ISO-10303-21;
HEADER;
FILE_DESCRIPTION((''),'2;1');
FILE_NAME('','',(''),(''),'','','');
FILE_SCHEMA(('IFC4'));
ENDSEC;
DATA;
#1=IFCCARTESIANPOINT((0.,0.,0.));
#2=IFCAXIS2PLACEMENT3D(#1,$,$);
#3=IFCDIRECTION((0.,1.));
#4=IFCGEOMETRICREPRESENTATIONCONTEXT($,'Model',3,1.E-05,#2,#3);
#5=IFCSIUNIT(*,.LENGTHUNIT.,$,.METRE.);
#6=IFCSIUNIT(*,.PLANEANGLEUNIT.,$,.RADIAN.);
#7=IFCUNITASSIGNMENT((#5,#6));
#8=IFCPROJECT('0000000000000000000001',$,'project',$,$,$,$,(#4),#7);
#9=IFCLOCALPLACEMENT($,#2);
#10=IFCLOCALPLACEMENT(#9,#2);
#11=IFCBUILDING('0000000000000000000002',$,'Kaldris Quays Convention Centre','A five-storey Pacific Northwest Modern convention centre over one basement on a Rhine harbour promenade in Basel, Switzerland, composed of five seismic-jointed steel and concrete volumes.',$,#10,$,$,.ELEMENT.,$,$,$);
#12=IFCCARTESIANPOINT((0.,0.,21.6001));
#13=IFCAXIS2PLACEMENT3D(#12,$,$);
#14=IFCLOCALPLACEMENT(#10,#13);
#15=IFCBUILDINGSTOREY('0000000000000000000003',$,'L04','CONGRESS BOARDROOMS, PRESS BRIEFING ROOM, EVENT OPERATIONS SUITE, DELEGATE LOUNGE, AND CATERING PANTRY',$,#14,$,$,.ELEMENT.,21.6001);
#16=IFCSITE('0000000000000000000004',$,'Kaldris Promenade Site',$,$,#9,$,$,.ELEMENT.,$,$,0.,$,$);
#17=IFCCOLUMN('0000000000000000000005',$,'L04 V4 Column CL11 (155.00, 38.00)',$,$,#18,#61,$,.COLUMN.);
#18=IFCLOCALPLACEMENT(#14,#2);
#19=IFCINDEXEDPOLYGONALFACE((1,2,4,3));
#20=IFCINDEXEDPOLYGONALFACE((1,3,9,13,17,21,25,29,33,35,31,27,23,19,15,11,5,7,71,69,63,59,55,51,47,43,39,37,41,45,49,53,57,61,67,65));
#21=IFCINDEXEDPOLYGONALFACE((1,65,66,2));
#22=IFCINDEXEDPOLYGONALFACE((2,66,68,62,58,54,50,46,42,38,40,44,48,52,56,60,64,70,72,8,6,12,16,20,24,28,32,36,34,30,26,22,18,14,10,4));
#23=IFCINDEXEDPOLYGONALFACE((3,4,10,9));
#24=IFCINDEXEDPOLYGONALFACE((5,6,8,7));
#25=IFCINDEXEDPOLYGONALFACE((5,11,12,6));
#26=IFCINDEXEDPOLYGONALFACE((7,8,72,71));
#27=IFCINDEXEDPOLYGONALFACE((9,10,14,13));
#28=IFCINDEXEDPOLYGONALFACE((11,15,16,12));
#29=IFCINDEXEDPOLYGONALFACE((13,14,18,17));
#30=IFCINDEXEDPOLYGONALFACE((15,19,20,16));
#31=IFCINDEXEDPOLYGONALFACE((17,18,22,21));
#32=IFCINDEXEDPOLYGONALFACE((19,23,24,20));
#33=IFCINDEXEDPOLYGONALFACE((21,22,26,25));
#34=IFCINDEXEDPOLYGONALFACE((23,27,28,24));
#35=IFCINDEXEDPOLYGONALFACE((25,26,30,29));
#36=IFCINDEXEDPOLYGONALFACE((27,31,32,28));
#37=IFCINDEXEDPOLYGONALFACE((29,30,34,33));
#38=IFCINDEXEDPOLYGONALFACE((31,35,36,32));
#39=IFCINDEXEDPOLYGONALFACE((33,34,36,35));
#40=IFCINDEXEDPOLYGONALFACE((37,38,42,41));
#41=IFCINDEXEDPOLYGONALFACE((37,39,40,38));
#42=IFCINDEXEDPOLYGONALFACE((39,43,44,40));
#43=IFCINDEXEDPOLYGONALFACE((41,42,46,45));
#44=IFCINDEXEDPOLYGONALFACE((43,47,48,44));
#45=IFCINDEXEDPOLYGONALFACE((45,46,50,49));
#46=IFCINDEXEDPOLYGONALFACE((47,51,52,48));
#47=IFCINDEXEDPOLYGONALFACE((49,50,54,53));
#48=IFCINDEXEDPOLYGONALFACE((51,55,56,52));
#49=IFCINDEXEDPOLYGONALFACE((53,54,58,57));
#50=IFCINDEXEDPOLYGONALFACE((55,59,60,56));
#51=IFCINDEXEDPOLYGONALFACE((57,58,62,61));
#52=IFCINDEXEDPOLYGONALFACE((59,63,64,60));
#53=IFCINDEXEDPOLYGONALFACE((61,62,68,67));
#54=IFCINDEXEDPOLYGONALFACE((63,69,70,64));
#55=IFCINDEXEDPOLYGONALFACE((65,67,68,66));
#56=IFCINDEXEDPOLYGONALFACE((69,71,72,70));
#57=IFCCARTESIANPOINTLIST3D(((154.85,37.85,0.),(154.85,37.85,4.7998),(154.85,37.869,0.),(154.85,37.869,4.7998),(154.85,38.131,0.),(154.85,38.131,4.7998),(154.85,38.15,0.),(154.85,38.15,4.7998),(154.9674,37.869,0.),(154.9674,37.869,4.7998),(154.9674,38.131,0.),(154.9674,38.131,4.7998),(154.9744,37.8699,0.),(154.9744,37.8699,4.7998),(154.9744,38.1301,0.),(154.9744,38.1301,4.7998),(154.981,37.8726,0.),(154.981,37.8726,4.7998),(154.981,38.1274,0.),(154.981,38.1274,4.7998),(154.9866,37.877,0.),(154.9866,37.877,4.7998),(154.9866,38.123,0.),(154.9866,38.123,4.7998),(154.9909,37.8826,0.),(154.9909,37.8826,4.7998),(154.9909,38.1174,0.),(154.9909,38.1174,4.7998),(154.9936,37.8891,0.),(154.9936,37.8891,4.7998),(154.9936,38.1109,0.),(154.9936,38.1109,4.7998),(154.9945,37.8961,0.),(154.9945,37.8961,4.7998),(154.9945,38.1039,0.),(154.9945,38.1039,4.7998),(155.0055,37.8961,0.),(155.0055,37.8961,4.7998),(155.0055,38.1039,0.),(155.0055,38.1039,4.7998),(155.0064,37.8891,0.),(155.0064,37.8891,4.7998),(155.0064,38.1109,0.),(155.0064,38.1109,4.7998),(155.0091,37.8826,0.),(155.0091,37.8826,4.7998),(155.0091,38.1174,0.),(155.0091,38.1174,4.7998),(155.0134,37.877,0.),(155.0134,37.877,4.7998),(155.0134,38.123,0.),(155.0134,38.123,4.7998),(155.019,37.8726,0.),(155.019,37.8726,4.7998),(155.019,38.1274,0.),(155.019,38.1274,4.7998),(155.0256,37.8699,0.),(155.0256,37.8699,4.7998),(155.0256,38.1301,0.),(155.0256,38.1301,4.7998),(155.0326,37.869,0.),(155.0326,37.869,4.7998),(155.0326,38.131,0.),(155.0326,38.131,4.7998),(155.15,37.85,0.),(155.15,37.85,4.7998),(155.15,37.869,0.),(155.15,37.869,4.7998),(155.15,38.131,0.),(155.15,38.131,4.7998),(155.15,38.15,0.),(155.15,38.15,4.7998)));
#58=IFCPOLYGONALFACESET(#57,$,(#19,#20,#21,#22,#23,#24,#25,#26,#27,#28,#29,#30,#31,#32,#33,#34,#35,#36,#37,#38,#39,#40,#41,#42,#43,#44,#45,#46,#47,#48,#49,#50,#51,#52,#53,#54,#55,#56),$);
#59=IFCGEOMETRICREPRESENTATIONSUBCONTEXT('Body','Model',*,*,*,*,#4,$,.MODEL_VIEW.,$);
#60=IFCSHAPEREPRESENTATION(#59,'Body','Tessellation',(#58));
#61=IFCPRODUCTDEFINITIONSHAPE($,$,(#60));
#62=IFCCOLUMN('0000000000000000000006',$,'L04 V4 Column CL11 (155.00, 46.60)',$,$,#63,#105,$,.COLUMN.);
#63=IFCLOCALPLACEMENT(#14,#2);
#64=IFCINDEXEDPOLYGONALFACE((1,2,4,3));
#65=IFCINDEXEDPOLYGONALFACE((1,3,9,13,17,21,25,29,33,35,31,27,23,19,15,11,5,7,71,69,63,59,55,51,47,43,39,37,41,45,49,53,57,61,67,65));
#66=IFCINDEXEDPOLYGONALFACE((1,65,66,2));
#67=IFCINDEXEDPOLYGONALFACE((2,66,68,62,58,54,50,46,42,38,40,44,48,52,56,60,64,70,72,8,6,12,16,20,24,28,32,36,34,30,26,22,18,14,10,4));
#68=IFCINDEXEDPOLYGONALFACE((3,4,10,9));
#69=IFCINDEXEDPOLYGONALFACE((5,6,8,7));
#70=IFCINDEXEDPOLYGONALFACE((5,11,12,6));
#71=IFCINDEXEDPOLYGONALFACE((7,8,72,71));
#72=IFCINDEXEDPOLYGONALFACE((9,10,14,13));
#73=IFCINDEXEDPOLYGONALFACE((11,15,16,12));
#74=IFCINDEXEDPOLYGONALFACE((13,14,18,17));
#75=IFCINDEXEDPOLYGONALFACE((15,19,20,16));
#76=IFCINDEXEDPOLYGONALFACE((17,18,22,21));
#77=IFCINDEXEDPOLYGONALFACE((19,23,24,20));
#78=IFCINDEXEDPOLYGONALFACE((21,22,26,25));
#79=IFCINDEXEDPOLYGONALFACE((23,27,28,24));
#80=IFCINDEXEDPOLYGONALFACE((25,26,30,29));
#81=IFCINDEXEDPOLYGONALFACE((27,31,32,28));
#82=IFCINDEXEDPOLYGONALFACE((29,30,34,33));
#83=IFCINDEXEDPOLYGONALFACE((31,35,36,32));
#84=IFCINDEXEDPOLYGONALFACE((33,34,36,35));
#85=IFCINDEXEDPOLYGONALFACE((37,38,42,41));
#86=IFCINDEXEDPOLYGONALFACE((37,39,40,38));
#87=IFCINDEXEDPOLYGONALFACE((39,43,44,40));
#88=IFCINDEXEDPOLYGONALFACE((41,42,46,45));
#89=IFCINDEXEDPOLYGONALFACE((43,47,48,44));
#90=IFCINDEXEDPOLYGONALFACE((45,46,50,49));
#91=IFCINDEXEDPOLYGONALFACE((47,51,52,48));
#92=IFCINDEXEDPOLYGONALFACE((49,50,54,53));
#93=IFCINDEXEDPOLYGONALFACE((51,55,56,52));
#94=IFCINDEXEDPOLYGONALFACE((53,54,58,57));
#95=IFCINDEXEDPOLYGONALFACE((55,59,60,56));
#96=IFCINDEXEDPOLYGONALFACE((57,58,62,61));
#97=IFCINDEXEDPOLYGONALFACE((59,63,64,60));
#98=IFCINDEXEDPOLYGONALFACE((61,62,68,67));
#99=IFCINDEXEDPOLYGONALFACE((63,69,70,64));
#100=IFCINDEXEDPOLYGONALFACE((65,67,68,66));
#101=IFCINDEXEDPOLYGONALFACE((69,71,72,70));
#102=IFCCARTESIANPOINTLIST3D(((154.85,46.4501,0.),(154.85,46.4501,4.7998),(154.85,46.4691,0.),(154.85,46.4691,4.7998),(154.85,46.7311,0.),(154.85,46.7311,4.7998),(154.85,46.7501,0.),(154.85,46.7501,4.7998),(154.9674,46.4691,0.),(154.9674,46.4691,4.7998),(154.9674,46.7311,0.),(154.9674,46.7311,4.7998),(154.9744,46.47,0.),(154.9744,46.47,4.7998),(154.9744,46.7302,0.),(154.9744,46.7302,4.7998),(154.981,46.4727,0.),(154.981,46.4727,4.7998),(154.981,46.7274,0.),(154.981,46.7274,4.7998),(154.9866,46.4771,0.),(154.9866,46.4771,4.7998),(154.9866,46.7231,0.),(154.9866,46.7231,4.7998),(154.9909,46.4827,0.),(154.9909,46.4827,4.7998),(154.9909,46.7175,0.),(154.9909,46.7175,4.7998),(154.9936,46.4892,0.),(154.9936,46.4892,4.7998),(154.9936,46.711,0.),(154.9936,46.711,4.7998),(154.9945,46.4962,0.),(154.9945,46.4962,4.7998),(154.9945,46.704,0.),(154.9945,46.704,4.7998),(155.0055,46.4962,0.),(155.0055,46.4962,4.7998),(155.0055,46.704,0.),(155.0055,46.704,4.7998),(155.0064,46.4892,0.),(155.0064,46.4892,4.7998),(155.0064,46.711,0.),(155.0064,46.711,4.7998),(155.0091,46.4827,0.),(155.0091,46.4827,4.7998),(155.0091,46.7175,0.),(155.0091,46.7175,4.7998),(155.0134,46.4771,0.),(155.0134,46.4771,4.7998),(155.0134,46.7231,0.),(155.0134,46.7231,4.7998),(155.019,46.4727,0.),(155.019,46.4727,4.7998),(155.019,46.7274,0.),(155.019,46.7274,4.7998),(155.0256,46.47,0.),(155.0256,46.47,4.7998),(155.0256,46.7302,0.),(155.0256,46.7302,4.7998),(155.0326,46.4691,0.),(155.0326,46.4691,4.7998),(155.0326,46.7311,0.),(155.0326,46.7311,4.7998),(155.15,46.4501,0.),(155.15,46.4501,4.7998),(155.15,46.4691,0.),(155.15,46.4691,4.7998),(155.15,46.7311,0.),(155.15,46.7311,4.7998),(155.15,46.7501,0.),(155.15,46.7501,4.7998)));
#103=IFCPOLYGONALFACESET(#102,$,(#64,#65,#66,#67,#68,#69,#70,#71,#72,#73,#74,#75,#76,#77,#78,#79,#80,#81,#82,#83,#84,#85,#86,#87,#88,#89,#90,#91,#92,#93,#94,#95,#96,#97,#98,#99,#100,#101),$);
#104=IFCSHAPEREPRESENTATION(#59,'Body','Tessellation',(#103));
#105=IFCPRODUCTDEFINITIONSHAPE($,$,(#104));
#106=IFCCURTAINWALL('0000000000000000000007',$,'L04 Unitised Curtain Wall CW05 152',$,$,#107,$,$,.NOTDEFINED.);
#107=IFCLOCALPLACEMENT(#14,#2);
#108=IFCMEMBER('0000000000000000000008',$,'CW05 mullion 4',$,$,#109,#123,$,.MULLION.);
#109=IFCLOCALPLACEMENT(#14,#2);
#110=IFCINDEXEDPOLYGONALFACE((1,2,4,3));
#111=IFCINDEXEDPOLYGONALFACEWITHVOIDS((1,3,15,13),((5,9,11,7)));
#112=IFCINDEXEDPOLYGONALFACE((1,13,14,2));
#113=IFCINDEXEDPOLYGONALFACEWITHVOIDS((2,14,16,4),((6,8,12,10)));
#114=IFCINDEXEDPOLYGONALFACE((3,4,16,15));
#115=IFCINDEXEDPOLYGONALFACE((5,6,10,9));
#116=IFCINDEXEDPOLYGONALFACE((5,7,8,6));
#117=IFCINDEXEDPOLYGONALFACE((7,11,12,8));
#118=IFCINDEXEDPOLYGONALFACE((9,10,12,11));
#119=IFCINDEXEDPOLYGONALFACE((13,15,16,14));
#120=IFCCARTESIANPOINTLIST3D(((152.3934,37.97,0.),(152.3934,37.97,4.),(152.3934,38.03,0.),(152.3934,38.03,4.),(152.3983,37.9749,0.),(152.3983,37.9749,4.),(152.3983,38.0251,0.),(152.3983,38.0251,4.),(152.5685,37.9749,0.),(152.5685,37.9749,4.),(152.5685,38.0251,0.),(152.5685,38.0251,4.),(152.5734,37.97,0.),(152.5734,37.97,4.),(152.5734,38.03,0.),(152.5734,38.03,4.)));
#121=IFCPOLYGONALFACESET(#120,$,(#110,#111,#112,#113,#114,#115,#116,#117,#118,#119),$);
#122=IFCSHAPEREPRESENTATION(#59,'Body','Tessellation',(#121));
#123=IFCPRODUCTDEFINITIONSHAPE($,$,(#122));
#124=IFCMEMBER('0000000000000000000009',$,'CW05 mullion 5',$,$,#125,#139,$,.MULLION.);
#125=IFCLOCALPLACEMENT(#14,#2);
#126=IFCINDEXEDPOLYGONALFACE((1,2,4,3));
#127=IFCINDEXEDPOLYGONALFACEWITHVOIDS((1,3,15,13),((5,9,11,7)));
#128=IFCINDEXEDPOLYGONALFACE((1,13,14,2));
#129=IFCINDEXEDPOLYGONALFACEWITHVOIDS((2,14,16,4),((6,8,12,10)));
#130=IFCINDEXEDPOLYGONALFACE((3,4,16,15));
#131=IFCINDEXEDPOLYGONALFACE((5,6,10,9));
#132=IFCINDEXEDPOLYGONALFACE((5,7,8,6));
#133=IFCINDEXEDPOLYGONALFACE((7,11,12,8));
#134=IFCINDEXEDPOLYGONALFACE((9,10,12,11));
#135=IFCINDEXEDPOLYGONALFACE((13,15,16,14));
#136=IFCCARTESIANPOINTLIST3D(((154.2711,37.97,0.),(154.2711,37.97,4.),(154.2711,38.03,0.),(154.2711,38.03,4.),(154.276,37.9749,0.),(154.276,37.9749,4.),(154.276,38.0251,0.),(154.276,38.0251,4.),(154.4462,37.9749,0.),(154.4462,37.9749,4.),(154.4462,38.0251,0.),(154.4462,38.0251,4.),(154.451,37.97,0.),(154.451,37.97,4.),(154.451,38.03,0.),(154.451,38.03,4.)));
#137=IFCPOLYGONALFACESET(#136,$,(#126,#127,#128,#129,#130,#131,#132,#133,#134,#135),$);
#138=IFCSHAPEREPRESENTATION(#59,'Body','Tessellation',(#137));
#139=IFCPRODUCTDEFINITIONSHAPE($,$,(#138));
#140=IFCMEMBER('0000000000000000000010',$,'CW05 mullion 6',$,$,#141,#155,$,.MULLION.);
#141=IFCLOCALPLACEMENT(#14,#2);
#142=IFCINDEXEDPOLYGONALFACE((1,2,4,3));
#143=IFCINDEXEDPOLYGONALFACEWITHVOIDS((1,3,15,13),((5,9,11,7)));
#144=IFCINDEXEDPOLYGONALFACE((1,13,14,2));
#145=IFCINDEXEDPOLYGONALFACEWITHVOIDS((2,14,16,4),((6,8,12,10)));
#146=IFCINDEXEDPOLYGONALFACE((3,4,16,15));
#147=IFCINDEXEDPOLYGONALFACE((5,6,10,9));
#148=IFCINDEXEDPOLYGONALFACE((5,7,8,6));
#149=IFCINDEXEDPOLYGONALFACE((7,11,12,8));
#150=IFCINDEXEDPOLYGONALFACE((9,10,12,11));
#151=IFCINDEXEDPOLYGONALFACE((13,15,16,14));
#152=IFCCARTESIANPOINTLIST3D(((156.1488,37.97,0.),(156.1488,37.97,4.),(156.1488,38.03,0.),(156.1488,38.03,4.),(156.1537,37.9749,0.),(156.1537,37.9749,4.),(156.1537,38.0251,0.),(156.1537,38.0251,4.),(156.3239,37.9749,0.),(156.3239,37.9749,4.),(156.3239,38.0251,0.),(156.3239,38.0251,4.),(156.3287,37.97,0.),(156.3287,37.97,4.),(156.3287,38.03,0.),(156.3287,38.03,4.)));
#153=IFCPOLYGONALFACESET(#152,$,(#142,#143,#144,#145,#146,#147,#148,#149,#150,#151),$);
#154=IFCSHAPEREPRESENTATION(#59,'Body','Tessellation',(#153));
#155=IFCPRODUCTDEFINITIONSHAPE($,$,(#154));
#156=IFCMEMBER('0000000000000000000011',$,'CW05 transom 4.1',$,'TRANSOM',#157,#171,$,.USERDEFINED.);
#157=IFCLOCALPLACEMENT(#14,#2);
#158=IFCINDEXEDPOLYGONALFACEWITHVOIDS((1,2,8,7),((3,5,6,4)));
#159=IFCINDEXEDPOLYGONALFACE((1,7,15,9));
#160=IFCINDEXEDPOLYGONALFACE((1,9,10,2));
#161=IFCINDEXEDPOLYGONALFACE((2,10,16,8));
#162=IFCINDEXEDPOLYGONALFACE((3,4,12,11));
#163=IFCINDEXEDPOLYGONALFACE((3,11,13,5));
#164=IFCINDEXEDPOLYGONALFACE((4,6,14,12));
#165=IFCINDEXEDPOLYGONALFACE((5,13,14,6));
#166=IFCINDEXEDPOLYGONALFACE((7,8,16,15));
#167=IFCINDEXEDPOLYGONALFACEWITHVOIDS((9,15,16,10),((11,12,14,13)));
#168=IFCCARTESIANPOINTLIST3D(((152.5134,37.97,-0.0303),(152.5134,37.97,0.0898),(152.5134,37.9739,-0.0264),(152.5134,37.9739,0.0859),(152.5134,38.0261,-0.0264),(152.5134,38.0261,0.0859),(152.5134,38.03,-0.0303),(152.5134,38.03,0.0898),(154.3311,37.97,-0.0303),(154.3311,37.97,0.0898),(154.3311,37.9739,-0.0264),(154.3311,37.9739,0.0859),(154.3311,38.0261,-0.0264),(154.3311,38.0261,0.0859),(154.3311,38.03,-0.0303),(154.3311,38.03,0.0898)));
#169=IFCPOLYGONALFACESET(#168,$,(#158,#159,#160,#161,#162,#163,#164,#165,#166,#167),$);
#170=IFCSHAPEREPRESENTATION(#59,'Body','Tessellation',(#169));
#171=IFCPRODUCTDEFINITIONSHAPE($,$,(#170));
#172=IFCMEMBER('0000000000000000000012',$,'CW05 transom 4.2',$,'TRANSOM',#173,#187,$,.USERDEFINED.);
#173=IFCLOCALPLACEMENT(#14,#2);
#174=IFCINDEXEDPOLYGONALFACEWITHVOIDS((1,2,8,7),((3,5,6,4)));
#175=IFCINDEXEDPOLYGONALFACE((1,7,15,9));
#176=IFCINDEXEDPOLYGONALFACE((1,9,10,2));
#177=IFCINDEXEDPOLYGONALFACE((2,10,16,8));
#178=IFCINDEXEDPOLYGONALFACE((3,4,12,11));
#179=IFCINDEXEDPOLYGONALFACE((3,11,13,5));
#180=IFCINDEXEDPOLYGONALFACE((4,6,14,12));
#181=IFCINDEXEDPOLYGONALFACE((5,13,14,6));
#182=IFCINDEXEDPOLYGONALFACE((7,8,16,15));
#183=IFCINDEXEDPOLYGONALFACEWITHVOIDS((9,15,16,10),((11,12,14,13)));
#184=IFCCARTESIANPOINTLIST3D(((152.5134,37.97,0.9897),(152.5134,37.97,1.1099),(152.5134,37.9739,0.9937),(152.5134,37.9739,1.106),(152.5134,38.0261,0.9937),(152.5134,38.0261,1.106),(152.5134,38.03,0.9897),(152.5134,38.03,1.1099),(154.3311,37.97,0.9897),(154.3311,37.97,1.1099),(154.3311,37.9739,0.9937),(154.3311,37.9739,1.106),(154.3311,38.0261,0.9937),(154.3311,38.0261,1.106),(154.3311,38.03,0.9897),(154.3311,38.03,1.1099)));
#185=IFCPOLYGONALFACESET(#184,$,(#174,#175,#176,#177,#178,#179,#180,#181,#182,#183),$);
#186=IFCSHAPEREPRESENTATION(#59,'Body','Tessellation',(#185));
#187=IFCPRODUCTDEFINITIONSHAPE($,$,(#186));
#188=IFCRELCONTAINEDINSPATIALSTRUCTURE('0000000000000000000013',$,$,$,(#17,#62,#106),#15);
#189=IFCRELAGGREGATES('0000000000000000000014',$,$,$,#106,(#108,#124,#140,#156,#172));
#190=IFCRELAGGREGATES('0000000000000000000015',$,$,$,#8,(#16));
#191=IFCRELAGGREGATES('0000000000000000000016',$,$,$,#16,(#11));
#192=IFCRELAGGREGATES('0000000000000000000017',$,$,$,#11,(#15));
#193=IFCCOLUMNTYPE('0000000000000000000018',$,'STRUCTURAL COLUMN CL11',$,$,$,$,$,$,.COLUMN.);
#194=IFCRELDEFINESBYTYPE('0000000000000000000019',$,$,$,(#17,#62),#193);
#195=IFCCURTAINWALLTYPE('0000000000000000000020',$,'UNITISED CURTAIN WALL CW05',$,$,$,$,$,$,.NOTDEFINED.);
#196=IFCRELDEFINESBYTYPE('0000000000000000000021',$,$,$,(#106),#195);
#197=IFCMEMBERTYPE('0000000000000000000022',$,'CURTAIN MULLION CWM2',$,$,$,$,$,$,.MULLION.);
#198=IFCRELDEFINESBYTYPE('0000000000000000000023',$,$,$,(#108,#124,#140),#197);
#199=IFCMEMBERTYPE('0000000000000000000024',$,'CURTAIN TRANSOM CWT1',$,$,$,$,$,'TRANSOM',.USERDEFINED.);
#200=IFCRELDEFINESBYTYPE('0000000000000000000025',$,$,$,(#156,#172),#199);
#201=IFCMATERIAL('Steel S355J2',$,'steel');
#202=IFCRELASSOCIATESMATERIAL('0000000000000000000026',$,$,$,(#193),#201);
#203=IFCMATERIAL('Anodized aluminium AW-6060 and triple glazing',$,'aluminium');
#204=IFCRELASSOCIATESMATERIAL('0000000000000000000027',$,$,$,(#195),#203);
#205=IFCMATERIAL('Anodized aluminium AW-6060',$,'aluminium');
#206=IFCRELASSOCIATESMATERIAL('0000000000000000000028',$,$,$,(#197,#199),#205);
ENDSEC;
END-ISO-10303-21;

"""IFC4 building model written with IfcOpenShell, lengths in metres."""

from ifc_helpers import new_model, si_unit, direction, frame, origin, origin_2d, place, context, subcontext, project, spatial, hollow_rectangle, i_section, extrude, material, material_profile, profile_set, type_object, element, aggregate, save


model = new_model("IFC4")

# Units and contexts
model_context = context("Model", 3, precision=1e-05, world=origin(), true_north=direction((0.0, 1.0)))
body_context = subcontext(model_context, "Body", "Model", "MODEL_VIEW")
ifc_project = project(units=[si_unit("LENGTHUNIT", "METRE"), si_unit("PLANEANGLEUNIT", "RADIAN")], contexts=[model_context])

# Site, building, storey
site_placement = place(None, origin())
site = spatial("IfcSite", under=ifc_project, at=site_placement, Name="Kaldris Promenade Site", CompositionType="ELEMENT", RefElevation=0.0)
building_placement = place(site_placement, origin())
building = spatial("IfcBuilding", under=site, at=building_placement, Name="Kaldris Quays Convention Centre", Description="A five-storey Pacific Northwest Modern convention centre over one basement on a Rhine harbour promenade in Basel, Switzerland, composed of five seismic-jointed steel and concrete volumes.", CompositionType="ELEMENT")
storey_placement = place(building_placement, frame((0.0, 0.0, 21.6001)))
storey = spatial("IfcBuildingStorey", under=building, at=storey_placement, Name="L04", Description="CONGRESS BOARDROOMS, PRESS BRIEFING ROOM, EVENT OPERATIONS SUITE, DELEGATE LOUNGE, AND CATERING PANTRY", CompositionType="ELEMENT", Elevation=21.6001)

# Columns
ifc_material_1 = material(Name="Steel S355J2", Category="steel")
ifc_material_profile_1 = material_profile(ifc_material_1, i_section(OverallWidth=0.3, OverallDepth=0.3, WebThickness=0.011, FlangeThickness=0.019, FilletRadius=0.0271, at=origin_2d()), Name="HEB 300")
ifc_profile_set_1 = profile_set([ifc_material_profile_1], Name="Steel S355J2")
column_type = type_object("IfcColumnType", Name="STRUCTURAL COLUMN CL11", PredefinedType="COLUMN", material=ifc_profile_set_1)
for number, where, z_axis, x_axis, name in (
    (1, (155.0, 38.0, 0.0), (0.0, 0.0, 1.0), (1.0, 0.0, 0.0), "L04 V4 Column CL11 (155.00, 38.00)"),
    (2, (155.0, 46.6001, 0.0), (0.0, 0.0, 1.0), (1.0, 0.0, 0.0), "L04 V4 Column CL11 (155.00, 46.60)"),
):
    element("IfcColumn", number, at=place(storey_placement, frame(where, z_axis=z_axis, x_axis=x_axis)), inside=storey, type_object=column_type, Name=name, PredefinedType="COLUMN", context=body_context, shape_type="SweptSolid", body=[
        extrude(i_section(OverallWidth=0.3, OverallDepth=0.3, WebThickness=0.011, FlangeThickness=0.019, FilletRadius=0.0271, at=origin_2d()), origin(), (0.0, 0.0, 1.0), 4.7998),
    ])

# Curtain wall, members
ifc_material_2 = material(Name="Anodized aluminium AW-6060 and triple glazing", Category="aluminium")
curtain_wall_type = type_object("IfcCurtainWallType", Name="UNITISED CURTAIN WALL CW05", PredefinedType="NOTDEFINED", material=ifc_material_2)
curtain_wall_placement = place(storey_placement, origin())
curtain_wall = element("IfcCurtainWall", 3, at=curtain_wall_placement, inside=storey, type_object=curtain_wall_type, Name="L04 Unitised Curtain Wall CW05 152", PredefinedType="NOTDEFINED")
ifc_material_3 = material(Name="Anodized aluminium AW-6060", Category="aluminium")
ifc_material_profile_2 = material_profile(ifc_material_3, hollow_rectangle(XDim=0.0601, YDim=0.1799, WallThickness=0.0049, at=origin_2d()), Name="RHS 180x60x5")
ifc_profile_set_2 = profile_set([ifc_material_profile_2], Name="Anodized aluminium AW-6060")
member_type_1 = type_object("IfcMemberType", Name="CURTAIN MULLION CWM2", PredefinedType="MULLION", material=ifc_profile_set_2)
member_1_placement = place(storey_placement, frame((152.4834, 38.0, 0.0), z_axis=(0.0, 0.0, 1.0), x_axis=(0.0, 1.0, 0.0)))
member_1 = element("IfcMember", 4, at=member_1_placement, type_object=member_type_1, Name="CW05 mullion 4", PredefinedType="MULLION", context=body_context, shape_type="SweptSolid", body=[
    extrude(hollow_rectangle(XDim=0.0601, YDim=0.1799, WallThickness=0.0049, at=origin_2d()), origin(), (0.0, 0.0, 1.0), 4.0),
])
member_2_placement = place(storey_placement, frame((154.3611, 38.0, 0.0), z_axis=(0.0, 0.0, 1.0), x_axis=(0.0, 1.0, 0.0)))
member_2 = element("IfcMember", 5, at=member_2_placement, type_object=member_type_1, Name="CW05 mullion 5", PredefinedType="MULLION", context=body_context, shape_type="SweptSolid", body=[
    extrude(hollow_rectangle(XDim=0.0601, YDim=0.1799, WallThickness=0.0049, at=origin_2d()), origin(), (0.0, 0.0, 1.0), 4.0),
])
member_3_placement = place(storey_placement, frame((156.2388, 38.0, 0.0), z_axis=(0.0, 0.0, 1.0), x_axis=(0.0, 1.0, 0.0)))
member_3 = element("IfcMember", 6, at=member_3_placement, type_object=member_type_1, Name="CW05 mullion 6", PredefinedType="MULLION", context=body_context, shape_type="SweptSolid", body=[
    extrude(hollow_rectangle(XDim=0.0601, YDim=0.1799, WallThickness=0.0049, at=origin_2d()), origin(), (0.0, 0.0, 1.0), 4.0),
])
ifc_material_profile_3 = material_profile(ifc_material_3, hollow_rectangle(XDim=0.0601, YDim=0.1201, WallThickness=0.0039, at=origin_2d()), Name="RHS 120x60x4")
ifc_profile_set_3 = profile_set([ifc_material_profile_3], Name="Anodized aluminium AW-6060")
member_type_2 = type_object("IfcMemberType", Name="CURTAIN TRANSOM CWT1", ElementType="TRANSOM", PredefinedType="USERDEFINED", material=ifc_profile_set_3)
member_4_placement = place(storey_placement, frame((152.5134, 38.0, 0.0298), z_axis=(1.0, 0.0, 0.0), x_axis=(0.0, 1.0, 0.0)))
member_4 = element("IfcMember", 7, at=member_4_placement, type_object=member_type_2, Name="CW05 transom 4.1", ObjectType="TRANSOM", PredefinedType="USERDEFINED", context=body_context, shape_type="SweptSolid", body=[
    extrude(hollow_rectangle(XDim=0.0601, YDim=0.1201, WallThickness=0.0039, at=origin_2d()), origin(), (0.0, 0.0, 1.0), 1.8176),
])
member_5_placement = place(storey_placement, frame((152.5134, 38.0, 1.0498), z_axis=(1.0, 0.0, 0.0), x_axis=(0.0, 1.0, 0.0)))
member_5 = element("IfcMember", 8, at=member_5_placement, type_object=member_type_2, Name="CW05 transom 4.2", ObjectType="TRANSOM", PredefinedType="USERDEFINED", context=body_context, shape_type="SweptSolid", body=[
    extrude(hollow_rectangle(XDim=0.0601, YDim=0.1201, WallThickness=0.0039, at=origin_2d()), origin(), (0.0, 0.0, 1.0), 1.8176),
])

aggregate(curtain_wall, [member_1, member_2, member_3, member_4, member_5])

save(model, "model.ifc")
